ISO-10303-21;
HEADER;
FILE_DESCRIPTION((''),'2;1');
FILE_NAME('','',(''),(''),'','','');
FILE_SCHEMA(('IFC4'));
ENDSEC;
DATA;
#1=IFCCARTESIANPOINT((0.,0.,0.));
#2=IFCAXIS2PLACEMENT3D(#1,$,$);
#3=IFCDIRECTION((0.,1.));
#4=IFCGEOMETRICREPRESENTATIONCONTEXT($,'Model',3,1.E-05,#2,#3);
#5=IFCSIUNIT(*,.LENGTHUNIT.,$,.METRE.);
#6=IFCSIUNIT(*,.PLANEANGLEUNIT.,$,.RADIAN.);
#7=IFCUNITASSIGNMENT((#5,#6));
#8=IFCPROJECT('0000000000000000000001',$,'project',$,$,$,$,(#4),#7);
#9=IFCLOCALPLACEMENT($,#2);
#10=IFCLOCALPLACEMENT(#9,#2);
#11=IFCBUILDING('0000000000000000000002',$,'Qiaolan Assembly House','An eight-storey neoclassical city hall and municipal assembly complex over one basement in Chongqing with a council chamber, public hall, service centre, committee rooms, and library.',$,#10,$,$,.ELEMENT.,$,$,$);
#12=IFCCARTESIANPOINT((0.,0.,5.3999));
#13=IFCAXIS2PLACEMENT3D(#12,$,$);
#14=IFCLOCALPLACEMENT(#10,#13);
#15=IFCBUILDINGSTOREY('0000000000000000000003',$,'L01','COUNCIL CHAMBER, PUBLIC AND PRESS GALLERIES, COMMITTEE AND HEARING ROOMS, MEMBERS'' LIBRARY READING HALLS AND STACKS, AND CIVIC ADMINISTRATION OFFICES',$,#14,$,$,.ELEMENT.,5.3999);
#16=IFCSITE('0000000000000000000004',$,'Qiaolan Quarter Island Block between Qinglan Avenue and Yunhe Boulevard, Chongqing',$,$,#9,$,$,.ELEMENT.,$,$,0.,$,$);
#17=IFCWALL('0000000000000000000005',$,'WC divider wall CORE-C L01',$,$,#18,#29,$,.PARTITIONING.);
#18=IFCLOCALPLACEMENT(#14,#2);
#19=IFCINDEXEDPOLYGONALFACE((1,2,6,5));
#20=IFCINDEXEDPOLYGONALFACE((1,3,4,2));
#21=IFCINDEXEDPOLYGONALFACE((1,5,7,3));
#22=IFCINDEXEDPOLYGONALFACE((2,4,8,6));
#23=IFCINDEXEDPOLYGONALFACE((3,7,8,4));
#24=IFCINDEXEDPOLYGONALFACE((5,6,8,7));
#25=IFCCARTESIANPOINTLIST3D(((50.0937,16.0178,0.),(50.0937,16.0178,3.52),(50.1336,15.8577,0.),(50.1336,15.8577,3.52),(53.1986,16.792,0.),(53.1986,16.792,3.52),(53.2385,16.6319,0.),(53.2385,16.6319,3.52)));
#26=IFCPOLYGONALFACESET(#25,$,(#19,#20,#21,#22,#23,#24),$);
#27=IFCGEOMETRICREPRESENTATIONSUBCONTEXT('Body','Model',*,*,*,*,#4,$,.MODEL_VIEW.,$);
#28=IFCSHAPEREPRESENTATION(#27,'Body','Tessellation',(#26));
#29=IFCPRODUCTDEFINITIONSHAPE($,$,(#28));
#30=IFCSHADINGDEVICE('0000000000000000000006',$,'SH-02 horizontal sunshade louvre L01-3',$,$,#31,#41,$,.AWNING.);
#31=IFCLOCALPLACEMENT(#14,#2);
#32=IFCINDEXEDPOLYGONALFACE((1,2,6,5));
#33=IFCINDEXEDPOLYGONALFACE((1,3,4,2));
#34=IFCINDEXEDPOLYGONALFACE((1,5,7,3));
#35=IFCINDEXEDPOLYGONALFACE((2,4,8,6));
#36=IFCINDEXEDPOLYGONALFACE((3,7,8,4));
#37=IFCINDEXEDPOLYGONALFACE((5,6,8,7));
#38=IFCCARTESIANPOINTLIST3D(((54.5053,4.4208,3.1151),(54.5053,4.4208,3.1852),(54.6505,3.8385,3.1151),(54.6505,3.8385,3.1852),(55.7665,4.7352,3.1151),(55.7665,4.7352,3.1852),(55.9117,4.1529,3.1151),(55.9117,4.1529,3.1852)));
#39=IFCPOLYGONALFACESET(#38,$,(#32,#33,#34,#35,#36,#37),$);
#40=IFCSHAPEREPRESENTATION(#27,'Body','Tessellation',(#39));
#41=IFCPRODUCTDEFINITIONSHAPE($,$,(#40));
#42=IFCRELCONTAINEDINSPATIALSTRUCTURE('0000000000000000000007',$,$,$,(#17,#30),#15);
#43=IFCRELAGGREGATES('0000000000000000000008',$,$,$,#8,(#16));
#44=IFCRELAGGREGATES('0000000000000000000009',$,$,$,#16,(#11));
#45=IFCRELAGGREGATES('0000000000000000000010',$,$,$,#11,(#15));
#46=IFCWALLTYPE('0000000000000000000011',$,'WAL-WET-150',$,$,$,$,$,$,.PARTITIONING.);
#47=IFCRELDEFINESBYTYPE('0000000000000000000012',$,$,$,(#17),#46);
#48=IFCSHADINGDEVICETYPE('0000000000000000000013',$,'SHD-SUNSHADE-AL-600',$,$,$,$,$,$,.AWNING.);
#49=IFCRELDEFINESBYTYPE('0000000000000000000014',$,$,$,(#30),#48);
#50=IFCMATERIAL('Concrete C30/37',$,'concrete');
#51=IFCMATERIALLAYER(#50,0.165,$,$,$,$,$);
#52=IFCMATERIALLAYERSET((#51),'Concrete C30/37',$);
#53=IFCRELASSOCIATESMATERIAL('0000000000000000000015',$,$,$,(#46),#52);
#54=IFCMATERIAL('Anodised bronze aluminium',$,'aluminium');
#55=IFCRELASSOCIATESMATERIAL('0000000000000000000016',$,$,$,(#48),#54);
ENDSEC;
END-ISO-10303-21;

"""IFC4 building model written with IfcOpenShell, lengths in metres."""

from ifc_helpers import new_model, si_unit, direction, frame, frame_2d, origin, origin_2d, place, context, subcontext, project, spatial, rectangle, extrude, material, layer, layer_set, material_profile, profile_set, type_object, element, save


model = new_model("IFC4")

# Units and contexts
model_context = context("Model", 3, precision=1e-05, world=origin(), true_north=direction((0.0, 1.0)))
body_context = subcontext(model_context, "Body", "Model", "MODEL_VIEW")
ifc_project = project(units=[si_unit("LENGTHUNIT", "METRE"), si_unit("PLANEANGLEUNIT", "RADIAN")], contexts=[model_context])

# Site, building, storey
site_placement = place(None, origin())
site = spatial("IfcSite", under=ifc_project, at=site_placement, Name="Qiaolan Quarter Island Block between Qinglan Avenue and Yunhe Boulevard, Chongqing", CompositionType="ELEMENT", RefElevation=0.0)
building_placement = place(site_placement, origin())
building = spatial("IfcBuilding", under=site, at=building_placement, Name="Qiaolan Assembly House", Description="An eight-storey neoclassical city hall and municipal assembly complex over one basement in Chongqing with a council chamber, public hall, service centre, committee rooms, and library.", CompositionType="ELEMENT")
storey_placement = place(building_placement, frame((0.0, 0.0, 5.3999)))
storey = spatial("IfcBuildingStorey", under=building, at=storey_placement, Name="L01", Description="COUNCIL CHAMBER, PUBLIC AND PRESS GALLERIES, COMMITTEE AND HEARING ROOMS, MEMBERS' LIBRARY READING HALLS AND STACKS, AND CIVIC ADMINISTRATION OFFICES", CompositionType="ELEMENT", Elevation=5.3999)

# Shared definitions
ifc_material_1 = material(Name="Concrete C30/37", Category="concrete")
ifc_layer_1 = layer(ifc_material_1, 0.165)
ifc_layer_set_1 = layer_set([ifc_layer_1], Name="Concrete C30/37")
wall_type_1 = type_object("IfcWallType", Name="WAL-WET-150", PredefinedType="PARTITIONING", material=ifc_layer_set_1)

# Wall
wall_1_placement = place(storey_placement, frame((50.1135, 15.9377, 0.0), z_axis=(0.0, 0.0, 1.0), x_axis=(0.970295, 0.241925, 0.0)))
element("IfcWall", 1, at=wall_1_placement, inside=storey, type_object=wall_type_1, Name="WC divider wall CORE-C L01", PredefinedType="PARTITIONING", context=body_context, shape_type="SweptSolid", body=[
    extrude(rectangle(XDim=3.2, YDim=0.165, at=frame_2d((1.6001, 0.0))), origin(), (0.0, 0.0, 1.0), 3.52),
])

# Shading device
ifc_material_2 = material(Name="Anodised bronze aluminium", Category="aluminium")
ifc_material_profile_1 = material_profile(ifc_material_2, rectangle(XDim=0.6001, YDim=0.0701, at=origin_2d()), Name="SHD 600x70")
ifc_profile_set_1 = profile_set([ifc_material_profile_1], Name="Anodised bronze aluminium")
shading_device_type = type_object("IfcShadingDeviceType", Name="SHD-SUNSHADE-AL-600", PredefinedType="AWNING", material=ifc_profile_set_1)
shading_device_placement = place(storey_placement, frame((54.5779, 4.1296, 3.1501), z_axis=(0.970297, 0.241917, 0.0), x_axis=(-0.241917, 0.970297, 0.0)))
element("IfcShadingDevice", 2, at=shading_device_placement, inside=storey, type_object=shading_device_type, Name="SH-02 horizontal sunshade louvre L01-3", PredefinedType="AWNING", context=body_context, shape_type="SweptSolid", body=[
    extrude(rectangle(XDim=0.6001, YDim=0.0701, at=origin_2d()), origin(), (0.0, 0.0, 1.0), 1.2998),
])

save(model, "model.ifc")
